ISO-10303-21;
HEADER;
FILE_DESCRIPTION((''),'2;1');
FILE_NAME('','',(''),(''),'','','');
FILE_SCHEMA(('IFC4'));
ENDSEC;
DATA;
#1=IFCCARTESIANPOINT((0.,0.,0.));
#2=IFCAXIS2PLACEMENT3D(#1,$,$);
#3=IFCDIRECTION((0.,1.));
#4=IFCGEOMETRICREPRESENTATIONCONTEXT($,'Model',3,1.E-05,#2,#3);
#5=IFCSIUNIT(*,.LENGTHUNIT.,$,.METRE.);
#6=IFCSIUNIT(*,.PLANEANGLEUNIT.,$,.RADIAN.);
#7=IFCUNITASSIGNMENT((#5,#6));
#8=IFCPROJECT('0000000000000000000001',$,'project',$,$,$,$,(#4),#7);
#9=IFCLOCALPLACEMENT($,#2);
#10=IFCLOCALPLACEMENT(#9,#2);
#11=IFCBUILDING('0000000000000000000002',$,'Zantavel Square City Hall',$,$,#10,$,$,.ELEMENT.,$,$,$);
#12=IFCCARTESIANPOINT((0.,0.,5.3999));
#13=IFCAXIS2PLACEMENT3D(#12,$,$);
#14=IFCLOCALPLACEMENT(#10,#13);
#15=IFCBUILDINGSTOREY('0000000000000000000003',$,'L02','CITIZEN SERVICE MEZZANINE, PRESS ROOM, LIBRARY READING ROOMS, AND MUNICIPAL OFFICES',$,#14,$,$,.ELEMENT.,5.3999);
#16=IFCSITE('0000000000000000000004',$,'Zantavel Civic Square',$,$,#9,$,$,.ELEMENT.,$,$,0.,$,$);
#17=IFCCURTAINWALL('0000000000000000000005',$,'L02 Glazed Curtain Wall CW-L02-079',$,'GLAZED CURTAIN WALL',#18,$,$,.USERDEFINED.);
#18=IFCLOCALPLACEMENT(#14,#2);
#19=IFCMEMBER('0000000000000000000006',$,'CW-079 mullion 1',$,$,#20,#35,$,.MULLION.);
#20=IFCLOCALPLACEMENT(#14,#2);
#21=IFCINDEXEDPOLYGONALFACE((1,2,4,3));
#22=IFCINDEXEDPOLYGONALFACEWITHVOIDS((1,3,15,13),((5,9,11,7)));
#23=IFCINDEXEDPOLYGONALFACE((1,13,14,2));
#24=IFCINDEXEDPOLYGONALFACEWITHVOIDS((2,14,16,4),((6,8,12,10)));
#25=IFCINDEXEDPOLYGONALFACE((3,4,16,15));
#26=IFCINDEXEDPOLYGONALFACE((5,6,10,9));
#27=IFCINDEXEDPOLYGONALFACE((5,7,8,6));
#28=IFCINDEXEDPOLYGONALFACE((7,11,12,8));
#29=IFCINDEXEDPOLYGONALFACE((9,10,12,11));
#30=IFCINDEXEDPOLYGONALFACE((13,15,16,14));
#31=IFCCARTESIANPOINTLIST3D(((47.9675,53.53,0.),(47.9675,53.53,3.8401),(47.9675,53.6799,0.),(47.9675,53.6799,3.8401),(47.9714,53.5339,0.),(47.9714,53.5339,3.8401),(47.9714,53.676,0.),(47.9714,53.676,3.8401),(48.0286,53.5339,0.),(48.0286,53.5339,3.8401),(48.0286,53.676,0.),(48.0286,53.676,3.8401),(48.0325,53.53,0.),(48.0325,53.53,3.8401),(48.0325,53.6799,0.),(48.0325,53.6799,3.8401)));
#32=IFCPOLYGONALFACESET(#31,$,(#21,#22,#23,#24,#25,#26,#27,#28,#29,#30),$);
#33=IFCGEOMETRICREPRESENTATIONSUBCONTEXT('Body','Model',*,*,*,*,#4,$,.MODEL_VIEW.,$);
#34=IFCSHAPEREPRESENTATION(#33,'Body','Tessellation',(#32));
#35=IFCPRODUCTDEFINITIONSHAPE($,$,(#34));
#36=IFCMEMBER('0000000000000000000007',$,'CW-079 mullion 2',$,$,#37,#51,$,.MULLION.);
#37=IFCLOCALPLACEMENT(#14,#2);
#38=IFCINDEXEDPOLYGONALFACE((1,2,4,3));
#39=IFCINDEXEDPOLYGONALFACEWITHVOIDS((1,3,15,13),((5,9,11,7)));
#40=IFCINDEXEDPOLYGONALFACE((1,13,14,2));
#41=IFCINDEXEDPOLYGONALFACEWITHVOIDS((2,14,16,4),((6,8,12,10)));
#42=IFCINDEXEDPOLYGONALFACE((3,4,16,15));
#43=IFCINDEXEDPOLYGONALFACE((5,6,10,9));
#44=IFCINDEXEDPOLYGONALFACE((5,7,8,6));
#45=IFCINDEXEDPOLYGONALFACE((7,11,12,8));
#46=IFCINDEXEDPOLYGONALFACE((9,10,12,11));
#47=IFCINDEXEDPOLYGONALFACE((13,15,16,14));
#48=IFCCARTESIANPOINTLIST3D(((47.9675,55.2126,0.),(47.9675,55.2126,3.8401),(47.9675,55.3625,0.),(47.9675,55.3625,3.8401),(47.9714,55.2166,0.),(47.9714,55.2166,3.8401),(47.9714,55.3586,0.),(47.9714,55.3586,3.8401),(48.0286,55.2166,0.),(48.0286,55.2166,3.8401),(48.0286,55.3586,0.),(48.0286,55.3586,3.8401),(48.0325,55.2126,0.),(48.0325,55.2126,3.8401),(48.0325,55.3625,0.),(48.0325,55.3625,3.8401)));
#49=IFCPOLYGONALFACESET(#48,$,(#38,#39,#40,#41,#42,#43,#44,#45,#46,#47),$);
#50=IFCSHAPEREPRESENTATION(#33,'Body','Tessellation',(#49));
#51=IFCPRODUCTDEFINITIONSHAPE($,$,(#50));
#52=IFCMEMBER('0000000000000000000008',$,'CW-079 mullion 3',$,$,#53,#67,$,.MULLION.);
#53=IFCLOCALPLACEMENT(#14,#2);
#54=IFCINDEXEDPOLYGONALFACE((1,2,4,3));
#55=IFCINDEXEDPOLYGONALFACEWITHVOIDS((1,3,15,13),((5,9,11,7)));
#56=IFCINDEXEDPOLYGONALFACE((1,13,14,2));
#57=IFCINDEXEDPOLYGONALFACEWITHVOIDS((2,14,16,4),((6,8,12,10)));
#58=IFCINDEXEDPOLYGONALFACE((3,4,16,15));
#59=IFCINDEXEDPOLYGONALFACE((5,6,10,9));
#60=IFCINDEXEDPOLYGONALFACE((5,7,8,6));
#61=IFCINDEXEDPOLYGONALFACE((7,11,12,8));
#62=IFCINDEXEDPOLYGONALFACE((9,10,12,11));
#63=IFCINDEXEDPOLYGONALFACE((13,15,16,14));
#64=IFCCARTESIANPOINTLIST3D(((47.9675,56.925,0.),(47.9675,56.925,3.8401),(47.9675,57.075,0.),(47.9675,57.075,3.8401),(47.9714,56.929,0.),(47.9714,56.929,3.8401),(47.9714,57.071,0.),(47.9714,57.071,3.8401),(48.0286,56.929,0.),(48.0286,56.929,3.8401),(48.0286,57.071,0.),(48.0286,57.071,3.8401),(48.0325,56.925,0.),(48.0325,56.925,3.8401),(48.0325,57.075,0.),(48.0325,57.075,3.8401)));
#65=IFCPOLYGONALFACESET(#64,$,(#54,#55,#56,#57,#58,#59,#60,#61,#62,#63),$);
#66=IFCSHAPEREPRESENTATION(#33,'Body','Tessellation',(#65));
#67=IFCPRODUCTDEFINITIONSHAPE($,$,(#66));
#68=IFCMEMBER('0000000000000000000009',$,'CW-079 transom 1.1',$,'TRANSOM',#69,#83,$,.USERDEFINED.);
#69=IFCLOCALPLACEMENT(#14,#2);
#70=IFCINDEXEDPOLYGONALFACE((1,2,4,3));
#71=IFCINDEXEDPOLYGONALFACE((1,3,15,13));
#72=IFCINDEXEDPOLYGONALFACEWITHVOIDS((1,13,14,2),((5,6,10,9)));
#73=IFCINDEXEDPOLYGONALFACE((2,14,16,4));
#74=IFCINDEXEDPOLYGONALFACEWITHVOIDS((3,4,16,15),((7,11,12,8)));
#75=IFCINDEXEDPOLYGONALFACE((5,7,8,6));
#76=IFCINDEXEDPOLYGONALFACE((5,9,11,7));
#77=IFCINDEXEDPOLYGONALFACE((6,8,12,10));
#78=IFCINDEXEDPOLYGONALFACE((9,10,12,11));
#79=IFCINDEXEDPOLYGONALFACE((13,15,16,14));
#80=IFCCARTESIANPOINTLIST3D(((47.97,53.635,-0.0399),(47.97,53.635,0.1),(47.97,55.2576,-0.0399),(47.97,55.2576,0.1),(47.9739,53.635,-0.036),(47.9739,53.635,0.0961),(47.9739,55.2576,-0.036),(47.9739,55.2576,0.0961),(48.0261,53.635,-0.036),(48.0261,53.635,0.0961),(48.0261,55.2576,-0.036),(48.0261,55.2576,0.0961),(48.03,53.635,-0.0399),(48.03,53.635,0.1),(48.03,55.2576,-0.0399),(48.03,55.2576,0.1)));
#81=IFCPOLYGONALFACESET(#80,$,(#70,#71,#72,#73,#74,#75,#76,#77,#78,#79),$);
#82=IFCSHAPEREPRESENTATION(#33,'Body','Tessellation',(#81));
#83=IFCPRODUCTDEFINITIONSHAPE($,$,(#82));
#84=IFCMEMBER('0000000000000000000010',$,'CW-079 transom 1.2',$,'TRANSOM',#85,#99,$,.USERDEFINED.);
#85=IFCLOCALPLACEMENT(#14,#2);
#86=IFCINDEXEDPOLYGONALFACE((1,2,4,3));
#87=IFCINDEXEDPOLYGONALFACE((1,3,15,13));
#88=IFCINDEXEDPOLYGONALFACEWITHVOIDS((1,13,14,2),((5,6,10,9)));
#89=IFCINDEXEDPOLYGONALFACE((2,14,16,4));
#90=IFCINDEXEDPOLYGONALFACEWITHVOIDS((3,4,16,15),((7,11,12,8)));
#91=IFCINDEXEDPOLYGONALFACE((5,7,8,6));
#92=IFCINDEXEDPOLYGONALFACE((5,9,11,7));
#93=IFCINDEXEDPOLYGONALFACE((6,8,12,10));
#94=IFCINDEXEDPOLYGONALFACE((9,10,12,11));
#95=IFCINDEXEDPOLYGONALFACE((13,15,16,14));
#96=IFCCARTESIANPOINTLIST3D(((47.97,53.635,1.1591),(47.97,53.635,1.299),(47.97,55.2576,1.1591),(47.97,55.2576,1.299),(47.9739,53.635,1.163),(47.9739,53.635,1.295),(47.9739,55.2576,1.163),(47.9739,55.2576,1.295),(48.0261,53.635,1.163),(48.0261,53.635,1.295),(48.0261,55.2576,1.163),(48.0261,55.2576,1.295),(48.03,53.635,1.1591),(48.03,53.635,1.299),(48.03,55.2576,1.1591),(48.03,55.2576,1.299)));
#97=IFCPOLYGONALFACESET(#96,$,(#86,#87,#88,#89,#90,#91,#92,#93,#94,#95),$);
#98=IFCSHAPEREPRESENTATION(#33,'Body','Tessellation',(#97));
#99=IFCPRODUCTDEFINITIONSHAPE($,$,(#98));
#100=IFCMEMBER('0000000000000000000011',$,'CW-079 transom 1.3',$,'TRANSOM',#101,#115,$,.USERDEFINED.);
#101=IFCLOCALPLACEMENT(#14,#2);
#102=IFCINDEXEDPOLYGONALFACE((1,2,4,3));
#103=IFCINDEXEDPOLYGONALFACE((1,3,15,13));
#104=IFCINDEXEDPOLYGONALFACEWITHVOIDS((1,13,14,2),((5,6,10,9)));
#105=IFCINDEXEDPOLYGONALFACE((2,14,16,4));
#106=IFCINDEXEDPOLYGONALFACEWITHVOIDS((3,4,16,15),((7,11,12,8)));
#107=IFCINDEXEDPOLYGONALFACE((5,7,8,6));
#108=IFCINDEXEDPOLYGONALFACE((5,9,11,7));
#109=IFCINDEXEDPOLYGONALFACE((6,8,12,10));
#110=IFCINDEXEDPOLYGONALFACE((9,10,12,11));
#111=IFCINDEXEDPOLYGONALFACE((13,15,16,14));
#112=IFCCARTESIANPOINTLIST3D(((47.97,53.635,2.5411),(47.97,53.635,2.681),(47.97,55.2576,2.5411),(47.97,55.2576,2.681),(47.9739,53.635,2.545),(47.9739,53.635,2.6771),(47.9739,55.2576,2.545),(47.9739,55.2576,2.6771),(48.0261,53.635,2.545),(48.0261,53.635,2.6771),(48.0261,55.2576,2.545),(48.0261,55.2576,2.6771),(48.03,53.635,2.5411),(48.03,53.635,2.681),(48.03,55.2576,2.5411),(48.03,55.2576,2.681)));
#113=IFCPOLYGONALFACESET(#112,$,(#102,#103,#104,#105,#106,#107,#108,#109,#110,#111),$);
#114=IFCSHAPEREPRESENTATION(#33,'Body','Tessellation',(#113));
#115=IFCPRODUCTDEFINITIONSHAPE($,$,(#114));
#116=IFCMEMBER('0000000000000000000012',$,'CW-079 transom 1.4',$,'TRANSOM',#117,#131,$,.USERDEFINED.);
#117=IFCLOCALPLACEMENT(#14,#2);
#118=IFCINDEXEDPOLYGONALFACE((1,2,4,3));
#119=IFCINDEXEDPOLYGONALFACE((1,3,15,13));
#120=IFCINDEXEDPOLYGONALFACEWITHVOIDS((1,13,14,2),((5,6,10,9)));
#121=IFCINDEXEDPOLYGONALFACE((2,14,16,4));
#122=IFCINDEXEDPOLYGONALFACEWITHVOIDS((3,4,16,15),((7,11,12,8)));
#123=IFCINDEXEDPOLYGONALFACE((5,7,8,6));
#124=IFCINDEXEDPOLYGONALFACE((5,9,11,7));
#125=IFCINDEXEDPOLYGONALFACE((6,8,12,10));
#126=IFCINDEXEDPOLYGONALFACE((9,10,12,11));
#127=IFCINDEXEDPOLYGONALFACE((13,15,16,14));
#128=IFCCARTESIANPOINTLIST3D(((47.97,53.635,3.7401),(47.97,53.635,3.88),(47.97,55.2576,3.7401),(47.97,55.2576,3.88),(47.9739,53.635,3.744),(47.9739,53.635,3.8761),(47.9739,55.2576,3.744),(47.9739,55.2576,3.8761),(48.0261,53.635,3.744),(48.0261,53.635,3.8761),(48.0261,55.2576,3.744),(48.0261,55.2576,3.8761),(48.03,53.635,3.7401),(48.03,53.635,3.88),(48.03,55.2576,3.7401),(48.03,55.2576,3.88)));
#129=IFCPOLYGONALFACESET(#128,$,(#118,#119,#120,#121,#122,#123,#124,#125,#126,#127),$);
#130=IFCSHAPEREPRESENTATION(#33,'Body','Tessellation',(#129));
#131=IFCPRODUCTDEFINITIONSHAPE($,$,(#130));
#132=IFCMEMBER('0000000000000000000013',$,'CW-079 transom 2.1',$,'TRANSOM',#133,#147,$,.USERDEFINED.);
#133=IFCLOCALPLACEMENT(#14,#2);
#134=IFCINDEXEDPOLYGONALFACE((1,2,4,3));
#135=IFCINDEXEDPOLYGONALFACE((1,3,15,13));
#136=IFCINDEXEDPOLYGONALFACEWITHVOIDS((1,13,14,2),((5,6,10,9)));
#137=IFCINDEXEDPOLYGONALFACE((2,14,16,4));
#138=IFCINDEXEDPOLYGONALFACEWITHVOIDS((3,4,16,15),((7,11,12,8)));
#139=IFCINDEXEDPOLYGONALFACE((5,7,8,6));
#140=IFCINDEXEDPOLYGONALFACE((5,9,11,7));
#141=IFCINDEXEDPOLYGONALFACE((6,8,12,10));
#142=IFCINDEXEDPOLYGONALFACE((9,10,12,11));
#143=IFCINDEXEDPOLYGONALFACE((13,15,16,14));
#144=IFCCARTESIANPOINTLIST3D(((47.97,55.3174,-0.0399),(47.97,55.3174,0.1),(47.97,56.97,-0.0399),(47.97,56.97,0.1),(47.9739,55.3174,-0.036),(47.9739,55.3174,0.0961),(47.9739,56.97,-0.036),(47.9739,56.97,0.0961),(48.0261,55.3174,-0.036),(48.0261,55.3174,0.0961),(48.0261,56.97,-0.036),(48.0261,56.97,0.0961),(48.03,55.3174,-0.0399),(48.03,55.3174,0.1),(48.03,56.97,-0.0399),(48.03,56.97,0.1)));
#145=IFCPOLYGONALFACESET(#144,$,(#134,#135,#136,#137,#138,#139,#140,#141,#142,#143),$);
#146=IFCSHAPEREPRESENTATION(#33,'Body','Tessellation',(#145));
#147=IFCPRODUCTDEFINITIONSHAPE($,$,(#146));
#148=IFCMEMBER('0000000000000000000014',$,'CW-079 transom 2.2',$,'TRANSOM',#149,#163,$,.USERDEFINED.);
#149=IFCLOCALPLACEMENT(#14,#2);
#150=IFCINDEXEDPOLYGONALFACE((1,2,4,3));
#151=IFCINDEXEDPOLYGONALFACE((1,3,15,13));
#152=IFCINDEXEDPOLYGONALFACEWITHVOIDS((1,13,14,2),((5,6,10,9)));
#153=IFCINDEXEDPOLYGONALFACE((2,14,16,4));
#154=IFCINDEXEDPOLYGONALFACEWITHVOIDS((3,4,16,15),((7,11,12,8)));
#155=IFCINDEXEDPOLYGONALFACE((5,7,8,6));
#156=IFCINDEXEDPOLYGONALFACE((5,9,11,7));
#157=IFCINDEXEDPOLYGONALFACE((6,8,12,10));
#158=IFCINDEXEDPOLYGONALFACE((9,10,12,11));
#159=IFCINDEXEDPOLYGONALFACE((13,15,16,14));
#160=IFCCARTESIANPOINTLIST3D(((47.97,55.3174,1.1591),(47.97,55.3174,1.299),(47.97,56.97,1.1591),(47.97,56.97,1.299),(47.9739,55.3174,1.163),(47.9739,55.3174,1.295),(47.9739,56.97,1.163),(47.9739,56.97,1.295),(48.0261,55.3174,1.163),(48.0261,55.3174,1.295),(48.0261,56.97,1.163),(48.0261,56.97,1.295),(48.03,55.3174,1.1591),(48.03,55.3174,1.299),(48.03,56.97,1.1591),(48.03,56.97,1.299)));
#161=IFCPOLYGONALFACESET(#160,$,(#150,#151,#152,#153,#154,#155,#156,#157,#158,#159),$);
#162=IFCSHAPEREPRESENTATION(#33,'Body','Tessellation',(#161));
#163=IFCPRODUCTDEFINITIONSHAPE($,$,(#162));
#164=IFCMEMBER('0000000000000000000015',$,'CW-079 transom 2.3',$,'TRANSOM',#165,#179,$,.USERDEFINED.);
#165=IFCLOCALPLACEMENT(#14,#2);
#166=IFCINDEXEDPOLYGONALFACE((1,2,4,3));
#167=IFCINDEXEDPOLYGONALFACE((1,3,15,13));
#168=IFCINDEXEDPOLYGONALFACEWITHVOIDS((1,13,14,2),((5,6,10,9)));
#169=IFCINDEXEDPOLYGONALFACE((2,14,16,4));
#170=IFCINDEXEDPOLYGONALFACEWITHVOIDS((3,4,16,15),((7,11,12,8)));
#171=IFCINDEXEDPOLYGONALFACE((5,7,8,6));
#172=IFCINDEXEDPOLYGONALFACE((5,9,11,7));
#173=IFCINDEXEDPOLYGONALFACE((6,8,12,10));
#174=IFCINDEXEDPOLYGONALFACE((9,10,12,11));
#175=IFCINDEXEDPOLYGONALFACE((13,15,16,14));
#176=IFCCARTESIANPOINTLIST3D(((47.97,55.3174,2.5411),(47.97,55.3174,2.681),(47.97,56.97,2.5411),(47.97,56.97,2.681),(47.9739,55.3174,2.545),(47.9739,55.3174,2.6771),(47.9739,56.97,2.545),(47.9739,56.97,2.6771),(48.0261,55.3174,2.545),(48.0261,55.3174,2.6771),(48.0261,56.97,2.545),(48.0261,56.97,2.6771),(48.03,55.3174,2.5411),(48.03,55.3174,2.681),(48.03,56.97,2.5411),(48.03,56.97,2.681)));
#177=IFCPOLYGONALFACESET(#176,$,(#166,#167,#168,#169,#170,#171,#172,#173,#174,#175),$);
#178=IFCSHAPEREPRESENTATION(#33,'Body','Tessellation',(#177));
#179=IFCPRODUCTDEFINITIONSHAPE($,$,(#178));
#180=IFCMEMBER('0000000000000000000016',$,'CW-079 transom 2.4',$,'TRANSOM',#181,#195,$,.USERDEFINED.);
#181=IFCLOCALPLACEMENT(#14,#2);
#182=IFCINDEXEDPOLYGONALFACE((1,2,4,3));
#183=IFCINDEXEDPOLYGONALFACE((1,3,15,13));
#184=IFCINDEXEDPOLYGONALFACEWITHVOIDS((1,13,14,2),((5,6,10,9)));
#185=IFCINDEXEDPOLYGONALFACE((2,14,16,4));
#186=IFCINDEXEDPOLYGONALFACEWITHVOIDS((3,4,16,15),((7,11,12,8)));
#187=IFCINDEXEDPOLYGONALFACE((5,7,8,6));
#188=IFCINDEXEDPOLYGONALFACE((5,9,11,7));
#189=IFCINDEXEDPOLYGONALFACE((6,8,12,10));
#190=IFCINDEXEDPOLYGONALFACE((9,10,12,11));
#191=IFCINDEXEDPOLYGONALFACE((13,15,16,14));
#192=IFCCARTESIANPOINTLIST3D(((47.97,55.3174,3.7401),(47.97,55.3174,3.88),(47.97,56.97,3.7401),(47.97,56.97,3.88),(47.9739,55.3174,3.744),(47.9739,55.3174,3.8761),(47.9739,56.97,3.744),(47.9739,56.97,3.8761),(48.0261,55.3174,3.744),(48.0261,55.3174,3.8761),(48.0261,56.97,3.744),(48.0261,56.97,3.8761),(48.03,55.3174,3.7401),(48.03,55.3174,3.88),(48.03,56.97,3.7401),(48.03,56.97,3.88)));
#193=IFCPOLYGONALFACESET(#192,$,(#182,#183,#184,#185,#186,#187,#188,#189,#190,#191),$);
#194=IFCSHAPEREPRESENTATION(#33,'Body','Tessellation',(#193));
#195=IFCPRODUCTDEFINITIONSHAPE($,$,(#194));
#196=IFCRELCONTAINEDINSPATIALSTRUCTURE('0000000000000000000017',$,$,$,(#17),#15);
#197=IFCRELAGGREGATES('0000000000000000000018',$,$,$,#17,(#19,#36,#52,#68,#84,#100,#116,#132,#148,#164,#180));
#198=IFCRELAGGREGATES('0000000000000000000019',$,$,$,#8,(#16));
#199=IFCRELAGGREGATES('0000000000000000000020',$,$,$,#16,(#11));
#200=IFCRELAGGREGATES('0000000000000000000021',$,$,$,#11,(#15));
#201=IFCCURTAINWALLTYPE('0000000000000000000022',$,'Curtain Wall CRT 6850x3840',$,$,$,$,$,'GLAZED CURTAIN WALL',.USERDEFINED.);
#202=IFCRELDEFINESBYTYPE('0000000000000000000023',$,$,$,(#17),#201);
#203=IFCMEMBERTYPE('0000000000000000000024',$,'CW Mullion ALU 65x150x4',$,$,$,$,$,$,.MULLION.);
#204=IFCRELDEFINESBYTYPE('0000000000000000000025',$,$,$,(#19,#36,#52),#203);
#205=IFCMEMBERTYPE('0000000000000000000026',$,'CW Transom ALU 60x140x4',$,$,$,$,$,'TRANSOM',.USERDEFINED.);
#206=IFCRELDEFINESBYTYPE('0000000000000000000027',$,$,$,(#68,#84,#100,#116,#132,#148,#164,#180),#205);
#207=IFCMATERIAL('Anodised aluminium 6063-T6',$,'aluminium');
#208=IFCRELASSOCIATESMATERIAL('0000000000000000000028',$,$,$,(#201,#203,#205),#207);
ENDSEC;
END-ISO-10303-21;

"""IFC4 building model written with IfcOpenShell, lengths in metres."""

from ifc_helpers import new_model, si_unit, direction, frame, origin, origin_2d, place, context, subcontext, project, spatial, hollow_rectangle, extrude, material, material_profile, profile_set, type_object, element, aggregate, save


model = new_model("IFC4")

# Units and contexts
model_context = context("Model", 3, precision=1e-05, world=origin(), true_north=direction((0.0, 1.0)))
body_context = subcontext(model_context, "Body", "Model", "MODEL_VIEW")
ifc_project = project(units=[si_unit("LENGTHUNIT", "METRE"), si_unit("PLANEANGLEUNIT", "RADIAN")], contexts=[model_context])

# Site, building, storey
site_placement = place(None, origin())
site = spatial("IfcSite", under=ifc_project, at=site_placement, Name="Zantavel Civic Square", CompositionType="ELEMENT", RefElevation=0.0)
building_placement = place(site_placement, origin())
building = spatial("IfcBuilding", under=site, at=building_placement, Name="Zantavel Square City Hall", CompositionType="ELEMENT")
storey_placement = place(building_placement, frame((0.0, 0.0, 5.3999)))
storey = spatial("IfcBuildingStorey", under=building, at=storey_placement, Name="L02", Description="CITIZEN SERVICE MEZZANINE, PRESS ROOM, LIBRARY READING ROOMS, AND MUNICIPAL OFFICES", CompositionType="ELEMENT", Elevation=5.3999)

# Curtain wall, members
ifc_material_1 = material(Name="Anodised aluminium 6063-T6", Category="aluminium")
curtain_wall_type = type_object("IfcCurtainWallType", Name="Curtain Wall CRT 6850x3840", ElementType="GLAZED CURTAIN WALL", PredefinedType="USERDEFINED", material=ifc_material_1)
curtain_wall_placement = place(storey_placement, origin())
curtain_wall = element("IfcCurtainWall", 1, at=curtain_wall_placement, inside=storey, type_object=curtain_wall_type, Name="L02 Glazed Curtain Wall CW-L02-079", ObjectType="GLAZED CURTAIN WALL", PredefinedType="USERDEFINED")
ifc_material_profile_1 = material_profile(ifc_material_1, hollow_rectangle(XDim=0.0649, YDim=0.1499, WallThickness=0.0039, at=origin_2d()), Name="ALU 65x150x4")
ifc_profile_set_1 = profile_set([ifc_material_profile_1], Name="Anodised aluminium 6063-T6")
member_type_1 = type_object("IfcMemberType", Name="CW Mullion ALU 65x150x4", PredefinedType="MULLION", material=ifc_profile_set_1)
member_1_placement = place(storey_placement, frame((48.0, 53.605, 0.0), z_axis=(0.0, 0.0, 1.0), x_axis=(-1.0, 0.0, 0.0)))
member_1 = element("IfcMember", 2, at=member_1_placement, type_object=member_type_1, Name="CW-079 mullion 1", PredefinedType="MULLION", context=body_context, shape_type="SweptSolid", body=[
    extrude(hollow_rectangle(XDim=0.0649, YDim=0.1499, WallThickness=0.0039, at=origin_2d()), origin(), (0.0, 0.0, 1.0), 3.8401),
])
member_2_placement = place(storey_placement, frame((48.0, 55.2876, 0.0), z_axis=(0.0, 0.0, 1.0), x_axis=(-1.0, 0.0, 0.0)))
member_2 = element("IfcMember", 3, at=member_2_placement, type_object=member_type_1, Name="CW-079 mullion 2", PredefinedType="MULLION", context=body_context, shape_type="SweptSolid", body=[
    extrude(hollow_rectangle(XDim=0.0649, YDim=0.1499, WallThickness=0.0039, at=origin_2d()), origin(), (0.0, 0.0, 1.0), 3.8401),
])
member_3_placement = place(storey_placement, frame((48.0, 57.0, 0.0), z_axis=(0.0, 0.0, 1.0), x_axis=(-1.0, 0.0, 0.0)))
member_3 = element("IfcMember", 4, at=member_3_placement, type_object=member_type_1, Name="CW-079 mullion 3", PredefinedType="MULLION", context=body_context, shape_type="SweptSolid", body=[
    extrude(hollow_rectangle(XDim=0.0649, YDim=0.1499, WallThickness=0.0039, at=origin_2d()), origin(), (0.0, 0.0, 1.0), 3.8401),
])
ifc_material_profile_2 = material_profile(ifc_material_1, hollow_rectangle(XDim=0.0601, YDim=0.1399, WallThickness=0.0039, at=origin_2d()), Name="ALU 60x140x4")
ifc_profile_set_2 = profile_set([ifc_material_profile_2], Name="Anodised aluminium 6063-T6")
member_type_2 = type_object("IfcMemberType", Name="CW Transom ALU 60x140x4", ElementType="TRANSOM", PredefinedType="USERDEFINED", material=ifc_profile_set_2)
member_4_placement = place(storey_placement, frame((48.0, 53.635, 0.03), z_axis=(0.0, 1.0, 0.0), x_axis=(-1.0, 0.0, 0.0)))
member_4 = element("IfcMember", 5, at=member_4_placement, type_object=member_type_2, Name="CW-079 transom 1.1", ObjectType="TRANSOM", PredefinedType="USERDEFINED", context=body_context, shape_type="SweptSolid", body=[
    extrude(hollow_rectangle(XDim=0.0601, YDim=0.1399, WallThickness=0.0039, at=origin_2d()), origin(), (0.0, 0.0, 1.0), 1.6226),
])
member_5_placement = place(storey_placement, frame((48.0, 53.635, 1.229), z_axis=(0.0, 1.0, 0.0), x_axis=(-1.0, 0.0, 0.0)))
member_5 = element("IfcMember", 6, at=member_5_placement, type_object=member_type_2, Name="CW-079 transom 1.2", ObjectType="TRANSOM", PredefinedType="USERDEFINED", context=body_context, shape_type="SweptSolid", body=[
    extrude(hollow_rectangle(XDim=0.0601, YDim=0.1399, WallThickness=0.0039, at=origin_2d()), origin(), (0.0, 0.0, 1.0), 1.6226),
])
member_6_placement = place(storey_placement, frame((48.0, 53.635, 2.6111), z_axis=(0.0, 1.0, 0.0), x_axis=(-1.0, 0.0, 0.0)))
member_6 = element("IfcMember", 7, at=member_6_placement, type_object=member_type_2, Name="CW-079 transom 1.3", ObjectType="TRANSOM", PredefinedType="USERDEFINED", context=body_context, shape_type="SweptSolid", body=[
    extrude(hollow_rectangle(XDim=0.0601, YDim=0.1399, WallThickness=0.0039, at=origin_2d()), origin(), (0.0, 0.0, 1.0), 1.6226),
])
member_7_placement = place(storey_placement, frame((48.0, 53.635, 3.8101), z_axis=(0.0, 1.0, 0.0), x_axis=(-1.0, 0.0, 0.0)))
member_7 = element("IfcMember", 8, at=member_7_placement, type_object=member_type_2, Name="CW-079 transom 1.4", ObjectType="TRANSOM", PredefinedType="USERDEFINED", context=body_context, shape_type="SweptSolid", body=[
    extrude(hollow_rectangle(XDim=0.0601, YDim=0.1399, WallThickness=0.0039, at=origin_2d()), origin(), (0.0, 0.0, 1.0), 1.6226),
])
member_8_placement = place(storey_placement, frame((48.0, 55.3174, 0.03), z_axis=(0.0, 1.0, 0.0), x_axis=(-1.0, 0.0, 0.0)))
member_8 = element("IfcMember", 9, at=member_8_placement, type_object=member_type_2, Name="CW-079 transom 2.1", ObjectType="TRANSOM", PredefinedType="USERDEFINED", context=body_context, shape_type="SweptSolid", body=[
    extrude(hollow_rectangle(XDim=0.0601, YDim=0.1399, WallThickness=0.0039, at=origin_2d()), origin(), (0.0, 0.0, 1.0), 1.6526),
])
member_9_placement = place(storey_placement, frame((48.0, 55.3174, 1.229), z_axis=(0.0, 1.0, 0.0), x_axis=(-1.0, 0.0, 0.0)))
member_9 = element("IfcMember", 10, at=member_9_placement, type_object=member_type_2, Name="CW-079 transom 2.2", ObjectType="TRANSOM", PredefinedType="USERDEFINED", context=body_context, shape_type="SweptSolid", body=[
    extrude(hollow_rectangle(XDim=0.0601, YDim=0.1399, WallThickness=0.0039, at=origin_2d()), origin(), (0.0, 0.0, 1.0), 1.6526),
])
member_10_placement = place(storey_placement, frame((48.0, 55.3174, 2.6111), z_axis=(0.0, 1.0, 0.0), x_axis=(-1.0, 0.0, 0.0)))
member_10 = element("IfcMember", 11, at=member_10_placement, type_object=member_type_2, Name="CW-079 transom 2.3", ObjectType="TRANSOM", PredefinedType="USERDEFINED", context=body_context, shape_type="SweptSolid", body=[
    extrude(hollow_rectangle(XDim=0.0601, YDim=0.1399, WallThickness=0.0039, at=origin_2d()), origin(), (0.0, 0.0, 1.0), 1.6526),
])
member_11_placement = place(storey_placement, frame((48.0, 55.3174, 3.8101), z_axis=(0.0, 1.0, 0.0), x_axis=(-1.0, 0.0, 0.0)))
member_11 = element("IfcMember", 12, at=member_11_placement, type_object=member_type_2, Name="CW-079 transom 2.4", ObjectType="TRANSOM", PredefinedType="USERDEFINED", context=body_context, shape_type="SweptSolid", body=[
    extrude(hollow_rectangle(XDim=0.0601, YDim=0.1399, WallThickness=0.0039, at=origin_2d()), origin(), (0.0, 0.0, 1.0), 1.6526),
])

aggregate(curtain_wall, [member_1, member_2, member_3, member_4, member_5, member_6, member_7, member_8, member_9, member_10, member_11])

save(model, "model.ifc")
